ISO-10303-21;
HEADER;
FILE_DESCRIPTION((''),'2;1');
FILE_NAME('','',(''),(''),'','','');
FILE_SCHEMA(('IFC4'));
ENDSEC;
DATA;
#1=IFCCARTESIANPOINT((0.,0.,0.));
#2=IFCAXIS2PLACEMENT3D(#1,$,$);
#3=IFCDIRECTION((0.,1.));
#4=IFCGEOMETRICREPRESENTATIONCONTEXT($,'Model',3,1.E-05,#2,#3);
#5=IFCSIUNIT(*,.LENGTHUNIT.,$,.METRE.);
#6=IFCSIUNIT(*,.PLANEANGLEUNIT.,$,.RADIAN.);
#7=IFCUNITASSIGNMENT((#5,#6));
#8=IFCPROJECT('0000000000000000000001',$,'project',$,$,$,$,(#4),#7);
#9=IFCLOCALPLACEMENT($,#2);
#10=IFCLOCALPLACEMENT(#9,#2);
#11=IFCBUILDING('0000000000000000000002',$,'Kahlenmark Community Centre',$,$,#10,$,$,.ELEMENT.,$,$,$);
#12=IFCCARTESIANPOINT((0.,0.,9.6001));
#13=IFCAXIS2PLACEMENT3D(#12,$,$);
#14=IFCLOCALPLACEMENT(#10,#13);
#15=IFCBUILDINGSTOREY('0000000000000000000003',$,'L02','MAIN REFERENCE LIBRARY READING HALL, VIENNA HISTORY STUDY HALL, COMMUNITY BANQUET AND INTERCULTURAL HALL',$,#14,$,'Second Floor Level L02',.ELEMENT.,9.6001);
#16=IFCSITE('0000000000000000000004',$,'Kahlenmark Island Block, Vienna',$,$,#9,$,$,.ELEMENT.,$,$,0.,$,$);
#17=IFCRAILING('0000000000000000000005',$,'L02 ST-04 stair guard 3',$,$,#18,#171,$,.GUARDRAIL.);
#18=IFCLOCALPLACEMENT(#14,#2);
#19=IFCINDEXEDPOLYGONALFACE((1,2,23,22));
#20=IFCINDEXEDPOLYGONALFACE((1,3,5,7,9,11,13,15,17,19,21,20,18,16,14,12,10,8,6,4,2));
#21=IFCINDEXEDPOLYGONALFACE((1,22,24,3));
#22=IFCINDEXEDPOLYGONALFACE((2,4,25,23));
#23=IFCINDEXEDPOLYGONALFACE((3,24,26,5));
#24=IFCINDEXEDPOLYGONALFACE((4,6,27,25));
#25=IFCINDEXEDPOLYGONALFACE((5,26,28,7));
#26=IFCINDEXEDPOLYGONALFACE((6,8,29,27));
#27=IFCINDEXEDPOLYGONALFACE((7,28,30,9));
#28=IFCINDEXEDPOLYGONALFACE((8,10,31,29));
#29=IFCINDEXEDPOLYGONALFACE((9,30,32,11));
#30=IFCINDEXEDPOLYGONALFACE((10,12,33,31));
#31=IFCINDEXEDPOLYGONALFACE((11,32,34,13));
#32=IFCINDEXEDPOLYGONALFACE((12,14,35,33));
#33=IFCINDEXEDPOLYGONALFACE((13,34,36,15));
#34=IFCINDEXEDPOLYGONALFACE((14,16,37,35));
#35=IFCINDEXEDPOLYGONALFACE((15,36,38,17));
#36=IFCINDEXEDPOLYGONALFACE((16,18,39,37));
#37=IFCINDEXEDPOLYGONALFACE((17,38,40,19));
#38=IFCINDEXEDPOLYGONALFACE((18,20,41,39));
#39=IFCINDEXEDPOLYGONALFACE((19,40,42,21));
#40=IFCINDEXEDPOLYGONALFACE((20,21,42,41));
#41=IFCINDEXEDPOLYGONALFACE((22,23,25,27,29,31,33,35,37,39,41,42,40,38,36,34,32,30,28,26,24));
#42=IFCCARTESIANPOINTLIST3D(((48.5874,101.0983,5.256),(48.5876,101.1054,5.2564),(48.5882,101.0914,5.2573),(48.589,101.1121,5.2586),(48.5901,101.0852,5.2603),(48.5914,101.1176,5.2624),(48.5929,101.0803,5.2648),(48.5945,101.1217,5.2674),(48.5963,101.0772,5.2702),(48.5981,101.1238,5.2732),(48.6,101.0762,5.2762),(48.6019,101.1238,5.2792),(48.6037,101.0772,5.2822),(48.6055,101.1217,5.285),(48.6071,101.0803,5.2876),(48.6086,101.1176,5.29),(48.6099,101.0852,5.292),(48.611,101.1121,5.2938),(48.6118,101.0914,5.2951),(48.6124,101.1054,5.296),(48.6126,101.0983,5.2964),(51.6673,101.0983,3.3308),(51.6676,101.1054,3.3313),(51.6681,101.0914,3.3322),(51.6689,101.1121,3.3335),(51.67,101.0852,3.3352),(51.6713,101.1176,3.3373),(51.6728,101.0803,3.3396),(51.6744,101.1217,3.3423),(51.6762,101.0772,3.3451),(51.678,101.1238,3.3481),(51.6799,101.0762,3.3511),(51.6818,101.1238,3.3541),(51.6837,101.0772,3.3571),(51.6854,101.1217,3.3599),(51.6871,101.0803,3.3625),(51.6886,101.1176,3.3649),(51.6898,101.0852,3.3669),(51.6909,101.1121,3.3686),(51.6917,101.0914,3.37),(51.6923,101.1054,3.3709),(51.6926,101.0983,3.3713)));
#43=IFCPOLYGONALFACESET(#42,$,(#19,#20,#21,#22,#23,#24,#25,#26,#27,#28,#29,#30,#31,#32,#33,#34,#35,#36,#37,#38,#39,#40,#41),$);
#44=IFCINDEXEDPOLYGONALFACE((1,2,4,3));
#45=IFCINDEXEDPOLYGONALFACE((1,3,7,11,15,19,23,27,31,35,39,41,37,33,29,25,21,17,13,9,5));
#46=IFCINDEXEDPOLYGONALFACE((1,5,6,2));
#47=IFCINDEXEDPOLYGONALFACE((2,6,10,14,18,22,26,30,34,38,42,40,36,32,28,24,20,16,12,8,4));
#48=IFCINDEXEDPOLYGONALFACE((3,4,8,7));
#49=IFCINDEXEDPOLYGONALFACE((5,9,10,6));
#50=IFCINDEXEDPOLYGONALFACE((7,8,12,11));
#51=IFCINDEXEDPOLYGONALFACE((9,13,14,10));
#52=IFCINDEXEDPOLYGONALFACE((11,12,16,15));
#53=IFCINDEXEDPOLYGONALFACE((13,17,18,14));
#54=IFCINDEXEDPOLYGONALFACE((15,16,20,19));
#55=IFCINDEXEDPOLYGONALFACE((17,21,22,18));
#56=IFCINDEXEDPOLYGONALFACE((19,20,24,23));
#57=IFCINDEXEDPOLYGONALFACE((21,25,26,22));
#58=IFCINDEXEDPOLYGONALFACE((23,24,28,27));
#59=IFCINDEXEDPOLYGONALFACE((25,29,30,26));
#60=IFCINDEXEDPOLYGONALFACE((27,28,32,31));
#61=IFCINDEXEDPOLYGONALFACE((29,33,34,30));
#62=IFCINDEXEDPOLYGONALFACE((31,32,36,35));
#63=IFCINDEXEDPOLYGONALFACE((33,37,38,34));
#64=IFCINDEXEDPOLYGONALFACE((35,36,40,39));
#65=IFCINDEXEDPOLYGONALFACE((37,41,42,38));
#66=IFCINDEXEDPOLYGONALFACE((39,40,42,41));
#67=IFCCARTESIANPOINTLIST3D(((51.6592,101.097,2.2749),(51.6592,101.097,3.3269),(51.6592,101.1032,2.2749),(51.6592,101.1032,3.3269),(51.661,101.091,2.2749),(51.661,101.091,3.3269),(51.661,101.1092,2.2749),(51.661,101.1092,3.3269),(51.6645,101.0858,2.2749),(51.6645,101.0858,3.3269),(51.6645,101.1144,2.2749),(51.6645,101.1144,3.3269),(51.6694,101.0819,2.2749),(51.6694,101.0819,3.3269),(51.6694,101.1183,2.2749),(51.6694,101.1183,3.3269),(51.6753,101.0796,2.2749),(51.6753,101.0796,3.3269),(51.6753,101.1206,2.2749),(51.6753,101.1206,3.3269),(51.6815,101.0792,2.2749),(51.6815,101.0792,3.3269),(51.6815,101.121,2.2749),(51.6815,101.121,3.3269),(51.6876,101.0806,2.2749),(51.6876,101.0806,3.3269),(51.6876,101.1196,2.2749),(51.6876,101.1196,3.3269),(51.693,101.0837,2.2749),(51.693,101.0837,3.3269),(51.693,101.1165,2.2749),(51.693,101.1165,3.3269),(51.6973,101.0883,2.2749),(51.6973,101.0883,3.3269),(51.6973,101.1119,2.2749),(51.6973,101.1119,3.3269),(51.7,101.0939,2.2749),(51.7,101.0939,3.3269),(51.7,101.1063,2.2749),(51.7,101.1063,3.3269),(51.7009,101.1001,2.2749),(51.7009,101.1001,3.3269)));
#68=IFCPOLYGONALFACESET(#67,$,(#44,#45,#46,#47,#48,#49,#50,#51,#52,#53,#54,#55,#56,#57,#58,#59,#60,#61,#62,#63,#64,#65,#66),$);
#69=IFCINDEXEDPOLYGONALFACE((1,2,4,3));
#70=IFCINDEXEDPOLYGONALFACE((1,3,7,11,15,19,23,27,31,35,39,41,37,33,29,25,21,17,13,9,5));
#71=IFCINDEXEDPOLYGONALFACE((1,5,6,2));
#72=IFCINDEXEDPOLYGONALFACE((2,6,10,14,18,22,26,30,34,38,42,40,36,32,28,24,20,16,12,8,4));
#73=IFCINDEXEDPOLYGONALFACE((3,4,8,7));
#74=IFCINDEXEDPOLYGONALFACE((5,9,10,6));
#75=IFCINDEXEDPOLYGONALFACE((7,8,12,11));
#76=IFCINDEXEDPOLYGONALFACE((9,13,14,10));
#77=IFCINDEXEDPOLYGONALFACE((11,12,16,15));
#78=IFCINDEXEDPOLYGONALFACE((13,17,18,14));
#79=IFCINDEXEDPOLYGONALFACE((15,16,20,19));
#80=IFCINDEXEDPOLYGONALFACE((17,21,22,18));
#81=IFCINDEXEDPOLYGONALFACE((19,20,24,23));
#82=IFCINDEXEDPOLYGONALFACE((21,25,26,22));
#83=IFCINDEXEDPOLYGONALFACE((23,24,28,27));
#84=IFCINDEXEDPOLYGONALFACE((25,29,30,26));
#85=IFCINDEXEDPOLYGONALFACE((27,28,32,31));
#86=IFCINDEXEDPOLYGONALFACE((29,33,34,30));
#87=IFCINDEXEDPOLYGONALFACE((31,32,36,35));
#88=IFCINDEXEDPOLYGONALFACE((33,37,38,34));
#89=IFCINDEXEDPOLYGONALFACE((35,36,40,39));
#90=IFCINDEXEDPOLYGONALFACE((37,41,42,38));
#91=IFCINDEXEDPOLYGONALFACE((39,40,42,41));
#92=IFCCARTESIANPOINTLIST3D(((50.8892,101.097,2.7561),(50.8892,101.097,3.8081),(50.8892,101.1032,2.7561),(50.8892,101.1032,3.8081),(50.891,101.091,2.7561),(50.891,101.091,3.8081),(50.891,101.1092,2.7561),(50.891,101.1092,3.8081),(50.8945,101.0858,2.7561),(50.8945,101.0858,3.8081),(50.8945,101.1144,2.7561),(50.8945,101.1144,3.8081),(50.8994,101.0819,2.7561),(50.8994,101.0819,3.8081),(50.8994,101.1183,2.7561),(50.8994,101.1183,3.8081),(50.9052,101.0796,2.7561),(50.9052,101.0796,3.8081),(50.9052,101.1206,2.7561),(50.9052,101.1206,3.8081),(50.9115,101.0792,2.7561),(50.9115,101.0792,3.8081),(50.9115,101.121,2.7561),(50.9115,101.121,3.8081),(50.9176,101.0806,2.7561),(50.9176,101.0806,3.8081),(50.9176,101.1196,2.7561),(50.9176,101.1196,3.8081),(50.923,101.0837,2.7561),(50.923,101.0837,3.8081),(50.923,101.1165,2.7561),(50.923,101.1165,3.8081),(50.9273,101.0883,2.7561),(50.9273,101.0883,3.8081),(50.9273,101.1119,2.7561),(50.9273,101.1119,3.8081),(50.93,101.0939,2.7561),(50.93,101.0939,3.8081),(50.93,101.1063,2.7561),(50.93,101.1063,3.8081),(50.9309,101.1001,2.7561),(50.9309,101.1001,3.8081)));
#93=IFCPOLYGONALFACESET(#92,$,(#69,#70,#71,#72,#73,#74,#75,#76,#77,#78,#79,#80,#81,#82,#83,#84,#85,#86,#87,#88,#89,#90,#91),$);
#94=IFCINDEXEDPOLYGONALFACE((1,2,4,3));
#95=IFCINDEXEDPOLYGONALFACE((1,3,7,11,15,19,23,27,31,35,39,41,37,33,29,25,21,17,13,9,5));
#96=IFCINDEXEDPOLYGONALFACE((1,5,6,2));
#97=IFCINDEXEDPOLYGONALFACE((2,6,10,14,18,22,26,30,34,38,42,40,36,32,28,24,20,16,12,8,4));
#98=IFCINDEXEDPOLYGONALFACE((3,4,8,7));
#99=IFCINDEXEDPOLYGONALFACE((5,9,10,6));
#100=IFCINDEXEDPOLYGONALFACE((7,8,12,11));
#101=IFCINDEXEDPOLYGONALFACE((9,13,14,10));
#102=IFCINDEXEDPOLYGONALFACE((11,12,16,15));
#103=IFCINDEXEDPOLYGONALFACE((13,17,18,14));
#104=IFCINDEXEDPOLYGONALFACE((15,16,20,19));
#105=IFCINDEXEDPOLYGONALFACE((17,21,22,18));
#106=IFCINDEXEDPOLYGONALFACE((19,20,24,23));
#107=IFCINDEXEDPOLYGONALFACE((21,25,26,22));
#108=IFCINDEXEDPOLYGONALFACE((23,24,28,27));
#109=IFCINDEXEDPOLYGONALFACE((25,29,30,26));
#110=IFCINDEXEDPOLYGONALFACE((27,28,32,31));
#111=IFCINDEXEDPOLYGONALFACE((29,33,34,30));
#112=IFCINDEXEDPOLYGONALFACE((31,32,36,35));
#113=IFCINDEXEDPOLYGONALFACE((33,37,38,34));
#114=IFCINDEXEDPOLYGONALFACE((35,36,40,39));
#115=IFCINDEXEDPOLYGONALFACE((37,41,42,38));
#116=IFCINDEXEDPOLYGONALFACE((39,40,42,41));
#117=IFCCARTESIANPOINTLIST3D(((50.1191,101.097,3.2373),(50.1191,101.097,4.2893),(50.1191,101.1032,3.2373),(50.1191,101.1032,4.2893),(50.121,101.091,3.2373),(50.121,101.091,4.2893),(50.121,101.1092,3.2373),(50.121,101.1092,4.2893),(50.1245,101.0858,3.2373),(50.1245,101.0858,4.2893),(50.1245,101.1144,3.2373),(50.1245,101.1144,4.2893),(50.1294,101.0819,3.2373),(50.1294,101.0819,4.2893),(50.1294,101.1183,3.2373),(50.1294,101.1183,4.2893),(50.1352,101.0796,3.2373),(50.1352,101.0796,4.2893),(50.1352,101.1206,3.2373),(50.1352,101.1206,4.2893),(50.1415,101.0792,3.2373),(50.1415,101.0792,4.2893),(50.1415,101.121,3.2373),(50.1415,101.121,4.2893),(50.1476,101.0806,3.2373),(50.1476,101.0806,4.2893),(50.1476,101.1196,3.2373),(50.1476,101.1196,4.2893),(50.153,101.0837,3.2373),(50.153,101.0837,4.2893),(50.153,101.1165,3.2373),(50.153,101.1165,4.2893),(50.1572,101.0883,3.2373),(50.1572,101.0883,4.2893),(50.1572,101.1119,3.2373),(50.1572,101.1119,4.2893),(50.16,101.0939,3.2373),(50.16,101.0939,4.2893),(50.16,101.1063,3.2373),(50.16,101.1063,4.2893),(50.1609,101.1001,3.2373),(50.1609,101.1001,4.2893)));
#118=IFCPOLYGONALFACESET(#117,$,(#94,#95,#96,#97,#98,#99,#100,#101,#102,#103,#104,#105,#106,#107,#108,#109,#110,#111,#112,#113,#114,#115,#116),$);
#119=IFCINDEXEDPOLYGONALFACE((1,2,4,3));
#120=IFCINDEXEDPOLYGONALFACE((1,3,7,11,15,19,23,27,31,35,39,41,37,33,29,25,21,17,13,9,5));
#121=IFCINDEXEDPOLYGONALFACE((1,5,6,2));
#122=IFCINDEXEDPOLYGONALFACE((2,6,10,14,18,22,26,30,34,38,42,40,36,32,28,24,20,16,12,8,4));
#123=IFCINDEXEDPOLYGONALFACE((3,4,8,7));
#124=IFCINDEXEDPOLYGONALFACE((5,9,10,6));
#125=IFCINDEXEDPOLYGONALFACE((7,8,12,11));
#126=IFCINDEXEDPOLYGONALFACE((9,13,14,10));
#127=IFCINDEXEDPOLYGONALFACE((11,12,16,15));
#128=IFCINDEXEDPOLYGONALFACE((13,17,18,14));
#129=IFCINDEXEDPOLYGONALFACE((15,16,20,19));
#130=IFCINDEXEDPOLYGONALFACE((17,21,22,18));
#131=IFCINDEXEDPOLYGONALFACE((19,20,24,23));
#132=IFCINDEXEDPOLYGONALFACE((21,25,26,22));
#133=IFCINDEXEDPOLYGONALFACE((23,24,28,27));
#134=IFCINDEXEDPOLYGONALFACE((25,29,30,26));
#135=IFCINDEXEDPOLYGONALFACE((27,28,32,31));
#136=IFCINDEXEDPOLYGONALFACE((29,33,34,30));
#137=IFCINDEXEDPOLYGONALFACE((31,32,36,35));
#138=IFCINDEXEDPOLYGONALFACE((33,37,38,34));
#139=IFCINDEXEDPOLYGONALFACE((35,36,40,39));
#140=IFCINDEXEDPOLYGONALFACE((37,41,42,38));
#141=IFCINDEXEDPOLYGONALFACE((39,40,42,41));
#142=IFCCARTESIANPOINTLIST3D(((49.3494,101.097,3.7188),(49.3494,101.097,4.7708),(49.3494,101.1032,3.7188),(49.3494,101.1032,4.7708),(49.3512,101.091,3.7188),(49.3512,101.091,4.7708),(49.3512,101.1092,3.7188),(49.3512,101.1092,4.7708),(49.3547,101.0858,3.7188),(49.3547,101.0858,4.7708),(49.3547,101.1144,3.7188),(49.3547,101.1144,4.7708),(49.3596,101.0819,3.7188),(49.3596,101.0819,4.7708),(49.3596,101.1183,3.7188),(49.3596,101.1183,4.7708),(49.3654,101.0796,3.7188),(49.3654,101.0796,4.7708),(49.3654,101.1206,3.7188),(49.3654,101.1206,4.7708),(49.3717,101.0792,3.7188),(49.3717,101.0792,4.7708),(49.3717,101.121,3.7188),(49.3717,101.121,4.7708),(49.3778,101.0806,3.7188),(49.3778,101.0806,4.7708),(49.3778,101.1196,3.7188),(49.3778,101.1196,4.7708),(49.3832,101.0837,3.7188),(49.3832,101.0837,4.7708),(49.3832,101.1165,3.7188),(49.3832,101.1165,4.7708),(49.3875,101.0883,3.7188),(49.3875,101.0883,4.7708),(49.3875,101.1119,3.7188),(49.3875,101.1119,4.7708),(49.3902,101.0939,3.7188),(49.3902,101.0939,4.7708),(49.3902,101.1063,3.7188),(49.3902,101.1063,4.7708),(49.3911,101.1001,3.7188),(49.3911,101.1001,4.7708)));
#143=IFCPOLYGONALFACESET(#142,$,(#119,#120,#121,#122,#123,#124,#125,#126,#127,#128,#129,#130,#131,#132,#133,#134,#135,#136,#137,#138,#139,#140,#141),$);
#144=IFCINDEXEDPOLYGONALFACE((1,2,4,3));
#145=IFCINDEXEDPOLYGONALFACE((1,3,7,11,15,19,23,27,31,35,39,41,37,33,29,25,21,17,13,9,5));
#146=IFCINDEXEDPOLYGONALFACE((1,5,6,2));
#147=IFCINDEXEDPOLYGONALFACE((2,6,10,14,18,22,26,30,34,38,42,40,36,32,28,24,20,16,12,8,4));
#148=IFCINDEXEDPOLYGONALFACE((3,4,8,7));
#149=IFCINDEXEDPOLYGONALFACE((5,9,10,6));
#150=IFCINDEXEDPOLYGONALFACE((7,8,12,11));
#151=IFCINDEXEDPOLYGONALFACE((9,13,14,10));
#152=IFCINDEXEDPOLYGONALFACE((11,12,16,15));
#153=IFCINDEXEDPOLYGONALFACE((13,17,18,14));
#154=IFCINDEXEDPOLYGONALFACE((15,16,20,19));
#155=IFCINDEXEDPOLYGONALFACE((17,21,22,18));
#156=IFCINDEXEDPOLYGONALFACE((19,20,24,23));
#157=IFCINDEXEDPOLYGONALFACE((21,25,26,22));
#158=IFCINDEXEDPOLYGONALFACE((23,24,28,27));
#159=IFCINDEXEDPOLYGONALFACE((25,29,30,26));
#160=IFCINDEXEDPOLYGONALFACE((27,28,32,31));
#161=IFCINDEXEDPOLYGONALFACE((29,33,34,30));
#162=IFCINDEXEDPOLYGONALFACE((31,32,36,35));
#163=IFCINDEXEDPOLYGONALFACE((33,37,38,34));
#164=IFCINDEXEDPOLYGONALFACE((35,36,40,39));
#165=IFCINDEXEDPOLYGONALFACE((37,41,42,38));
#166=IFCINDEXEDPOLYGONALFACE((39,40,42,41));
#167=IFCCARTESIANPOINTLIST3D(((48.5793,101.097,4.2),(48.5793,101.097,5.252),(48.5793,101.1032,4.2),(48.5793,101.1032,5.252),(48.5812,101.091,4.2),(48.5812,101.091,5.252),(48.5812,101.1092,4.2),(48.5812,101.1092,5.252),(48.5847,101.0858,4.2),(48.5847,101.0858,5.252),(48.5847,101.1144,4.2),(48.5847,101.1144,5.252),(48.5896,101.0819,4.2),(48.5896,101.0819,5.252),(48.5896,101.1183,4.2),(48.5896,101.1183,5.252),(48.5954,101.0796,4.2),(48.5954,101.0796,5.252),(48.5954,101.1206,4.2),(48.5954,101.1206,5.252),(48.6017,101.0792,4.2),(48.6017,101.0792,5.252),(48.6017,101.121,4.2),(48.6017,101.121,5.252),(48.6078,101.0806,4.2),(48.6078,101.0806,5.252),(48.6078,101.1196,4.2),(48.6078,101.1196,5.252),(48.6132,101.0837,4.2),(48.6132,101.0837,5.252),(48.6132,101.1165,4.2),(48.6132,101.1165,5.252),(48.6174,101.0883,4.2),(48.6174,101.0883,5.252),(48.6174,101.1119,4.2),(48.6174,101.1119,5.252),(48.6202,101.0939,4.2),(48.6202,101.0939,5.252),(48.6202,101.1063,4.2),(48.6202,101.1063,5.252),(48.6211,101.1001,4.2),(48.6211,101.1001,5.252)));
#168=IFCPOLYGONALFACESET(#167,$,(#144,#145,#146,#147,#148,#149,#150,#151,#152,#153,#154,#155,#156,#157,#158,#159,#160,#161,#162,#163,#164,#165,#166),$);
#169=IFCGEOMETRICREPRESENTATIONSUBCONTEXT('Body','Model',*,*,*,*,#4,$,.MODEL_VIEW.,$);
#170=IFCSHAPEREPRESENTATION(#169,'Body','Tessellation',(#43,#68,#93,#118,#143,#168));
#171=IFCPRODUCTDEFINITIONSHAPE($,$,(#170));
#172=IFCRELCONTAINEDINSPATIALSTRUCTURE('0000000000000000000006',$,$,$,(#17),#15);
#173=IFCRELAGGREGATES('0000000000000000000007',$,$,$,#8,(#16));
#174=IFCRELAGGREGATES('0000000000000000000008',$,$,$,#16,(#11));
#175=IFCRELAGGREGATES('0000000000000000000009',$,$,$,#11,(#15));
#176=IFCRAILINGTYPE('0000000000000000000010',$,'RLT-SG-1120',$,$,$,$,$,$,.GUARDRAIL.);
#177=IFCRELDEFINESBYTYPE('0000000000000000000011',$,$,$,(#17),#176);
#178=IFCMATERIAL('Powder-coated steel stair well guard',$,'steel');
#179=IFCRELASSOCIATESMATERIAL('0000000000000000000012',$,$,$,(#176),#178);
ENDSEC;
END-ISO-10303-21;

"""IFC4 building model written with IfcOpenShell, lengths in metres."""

from ifc_helpers import new_model, si_unit, direction, frame, origin, origin_2d, place, context, subcontext, project, spatial, circle, extrude, material, type_object, element, save


model = new_model("IFC4")

# Units and contexts
model_context = context("Model", 3, precision=1e-05, world=origin(), true_north=direction((0.0, 1.0)))
body_context = subcontext(model_context, "Body", "Model", "MODEL_VIEW")
ifc_project = project(units=[si_unit("LENGTHUNIT", "METRE"), si_unit("PLANEANGLEUNIT", "RADIAN")], contexts=[model_context])

# Site, building, storey
site_placement = place(None, origin())
site = spatial("IfcSite", under=ifc_project, at=site_placement, Name="Kahlenmark Island Block, Vienna", CompositionType="ELEMENT", RefElevation=0.0)
building_placement = place(site_placement, origin())
building = spatial("IfcBuilding", under=site, at=building_placement, Name="Kahlenmark Community Centre", CompositionType="ELEMENT")
storey_placement = place(building_placement, frame((0.0, 0.0, 9.6001)))
storey = spatial("IfcBuildingStorey", under=building, at=storey_placement, Name="L02", Description="MAIN REFERENCE LIBRARY READING HALL, VIENNA HISTORY STUDY HALL, COMMUNITY BANQUET AND INTERCULTURAL HALL", LongName="Second Floor Level L02", CompositionType="ELEMENT", Elevation=9.6001)

# Railing
ifc_material_1 = material(Name="Powder-coated steel stair well guard", Category="steel")
railing_type_1 = type_object("IfcRailingType", Name="RLT-SG-1120", PredefinedType="GUARDRAIL", material=ifc_material_1)
railing_1_placement = place(storey_placement, frame((51.6799, 101.1001, 2.2749)))
element("IfcRailing", 1, at=railing_1_placement, inside=storey, type_object=railing_type_1, Name="L02 ST-04 stair guard 3", PredefinedType="GUARDRAIL", context=body_context, shape_type="SweptSolid", body=[
    extrude(circle(Radius=0.0239, at=origin_2d()), frame((0.0, 0.0, 1.0762), z_axis=(-0.847979, 0.0, 0.530029), x_axis=(0.0, -1.0, 0.0)), (0.0, 0.0, 1.0), 3.6321),
    extrude(circle(Radius=0.021, at=origin_2d()), origin(), (0.0, 0.0, 1.0), 1.052),
    extrude(circle(Radius=0.021, at=origin_2d()), frame((-0.77, 0.0, 0.4812)), (0.0, 0.0, 1.0), 1.052),
    extrude(circle(Radius=0.021, at=origin_2d()), frame((-1.54, 0.0, 0.9624)), (0.0, 0.0, 1.0), 1.052),
    extrude(circle(Radius=0.021, at=origin_2d()), frame((-2.3098, 0.0, 1.4438)), (0.0, 0.0, 1.0), 1.052),
    extrude(circle(Radius=0.021, at=origin_2d()), frame((-3.0798, 0.0, 1.925)), (0.0, 0.0, 1.0), 1.052),
])

save(model, "model.ifc")
